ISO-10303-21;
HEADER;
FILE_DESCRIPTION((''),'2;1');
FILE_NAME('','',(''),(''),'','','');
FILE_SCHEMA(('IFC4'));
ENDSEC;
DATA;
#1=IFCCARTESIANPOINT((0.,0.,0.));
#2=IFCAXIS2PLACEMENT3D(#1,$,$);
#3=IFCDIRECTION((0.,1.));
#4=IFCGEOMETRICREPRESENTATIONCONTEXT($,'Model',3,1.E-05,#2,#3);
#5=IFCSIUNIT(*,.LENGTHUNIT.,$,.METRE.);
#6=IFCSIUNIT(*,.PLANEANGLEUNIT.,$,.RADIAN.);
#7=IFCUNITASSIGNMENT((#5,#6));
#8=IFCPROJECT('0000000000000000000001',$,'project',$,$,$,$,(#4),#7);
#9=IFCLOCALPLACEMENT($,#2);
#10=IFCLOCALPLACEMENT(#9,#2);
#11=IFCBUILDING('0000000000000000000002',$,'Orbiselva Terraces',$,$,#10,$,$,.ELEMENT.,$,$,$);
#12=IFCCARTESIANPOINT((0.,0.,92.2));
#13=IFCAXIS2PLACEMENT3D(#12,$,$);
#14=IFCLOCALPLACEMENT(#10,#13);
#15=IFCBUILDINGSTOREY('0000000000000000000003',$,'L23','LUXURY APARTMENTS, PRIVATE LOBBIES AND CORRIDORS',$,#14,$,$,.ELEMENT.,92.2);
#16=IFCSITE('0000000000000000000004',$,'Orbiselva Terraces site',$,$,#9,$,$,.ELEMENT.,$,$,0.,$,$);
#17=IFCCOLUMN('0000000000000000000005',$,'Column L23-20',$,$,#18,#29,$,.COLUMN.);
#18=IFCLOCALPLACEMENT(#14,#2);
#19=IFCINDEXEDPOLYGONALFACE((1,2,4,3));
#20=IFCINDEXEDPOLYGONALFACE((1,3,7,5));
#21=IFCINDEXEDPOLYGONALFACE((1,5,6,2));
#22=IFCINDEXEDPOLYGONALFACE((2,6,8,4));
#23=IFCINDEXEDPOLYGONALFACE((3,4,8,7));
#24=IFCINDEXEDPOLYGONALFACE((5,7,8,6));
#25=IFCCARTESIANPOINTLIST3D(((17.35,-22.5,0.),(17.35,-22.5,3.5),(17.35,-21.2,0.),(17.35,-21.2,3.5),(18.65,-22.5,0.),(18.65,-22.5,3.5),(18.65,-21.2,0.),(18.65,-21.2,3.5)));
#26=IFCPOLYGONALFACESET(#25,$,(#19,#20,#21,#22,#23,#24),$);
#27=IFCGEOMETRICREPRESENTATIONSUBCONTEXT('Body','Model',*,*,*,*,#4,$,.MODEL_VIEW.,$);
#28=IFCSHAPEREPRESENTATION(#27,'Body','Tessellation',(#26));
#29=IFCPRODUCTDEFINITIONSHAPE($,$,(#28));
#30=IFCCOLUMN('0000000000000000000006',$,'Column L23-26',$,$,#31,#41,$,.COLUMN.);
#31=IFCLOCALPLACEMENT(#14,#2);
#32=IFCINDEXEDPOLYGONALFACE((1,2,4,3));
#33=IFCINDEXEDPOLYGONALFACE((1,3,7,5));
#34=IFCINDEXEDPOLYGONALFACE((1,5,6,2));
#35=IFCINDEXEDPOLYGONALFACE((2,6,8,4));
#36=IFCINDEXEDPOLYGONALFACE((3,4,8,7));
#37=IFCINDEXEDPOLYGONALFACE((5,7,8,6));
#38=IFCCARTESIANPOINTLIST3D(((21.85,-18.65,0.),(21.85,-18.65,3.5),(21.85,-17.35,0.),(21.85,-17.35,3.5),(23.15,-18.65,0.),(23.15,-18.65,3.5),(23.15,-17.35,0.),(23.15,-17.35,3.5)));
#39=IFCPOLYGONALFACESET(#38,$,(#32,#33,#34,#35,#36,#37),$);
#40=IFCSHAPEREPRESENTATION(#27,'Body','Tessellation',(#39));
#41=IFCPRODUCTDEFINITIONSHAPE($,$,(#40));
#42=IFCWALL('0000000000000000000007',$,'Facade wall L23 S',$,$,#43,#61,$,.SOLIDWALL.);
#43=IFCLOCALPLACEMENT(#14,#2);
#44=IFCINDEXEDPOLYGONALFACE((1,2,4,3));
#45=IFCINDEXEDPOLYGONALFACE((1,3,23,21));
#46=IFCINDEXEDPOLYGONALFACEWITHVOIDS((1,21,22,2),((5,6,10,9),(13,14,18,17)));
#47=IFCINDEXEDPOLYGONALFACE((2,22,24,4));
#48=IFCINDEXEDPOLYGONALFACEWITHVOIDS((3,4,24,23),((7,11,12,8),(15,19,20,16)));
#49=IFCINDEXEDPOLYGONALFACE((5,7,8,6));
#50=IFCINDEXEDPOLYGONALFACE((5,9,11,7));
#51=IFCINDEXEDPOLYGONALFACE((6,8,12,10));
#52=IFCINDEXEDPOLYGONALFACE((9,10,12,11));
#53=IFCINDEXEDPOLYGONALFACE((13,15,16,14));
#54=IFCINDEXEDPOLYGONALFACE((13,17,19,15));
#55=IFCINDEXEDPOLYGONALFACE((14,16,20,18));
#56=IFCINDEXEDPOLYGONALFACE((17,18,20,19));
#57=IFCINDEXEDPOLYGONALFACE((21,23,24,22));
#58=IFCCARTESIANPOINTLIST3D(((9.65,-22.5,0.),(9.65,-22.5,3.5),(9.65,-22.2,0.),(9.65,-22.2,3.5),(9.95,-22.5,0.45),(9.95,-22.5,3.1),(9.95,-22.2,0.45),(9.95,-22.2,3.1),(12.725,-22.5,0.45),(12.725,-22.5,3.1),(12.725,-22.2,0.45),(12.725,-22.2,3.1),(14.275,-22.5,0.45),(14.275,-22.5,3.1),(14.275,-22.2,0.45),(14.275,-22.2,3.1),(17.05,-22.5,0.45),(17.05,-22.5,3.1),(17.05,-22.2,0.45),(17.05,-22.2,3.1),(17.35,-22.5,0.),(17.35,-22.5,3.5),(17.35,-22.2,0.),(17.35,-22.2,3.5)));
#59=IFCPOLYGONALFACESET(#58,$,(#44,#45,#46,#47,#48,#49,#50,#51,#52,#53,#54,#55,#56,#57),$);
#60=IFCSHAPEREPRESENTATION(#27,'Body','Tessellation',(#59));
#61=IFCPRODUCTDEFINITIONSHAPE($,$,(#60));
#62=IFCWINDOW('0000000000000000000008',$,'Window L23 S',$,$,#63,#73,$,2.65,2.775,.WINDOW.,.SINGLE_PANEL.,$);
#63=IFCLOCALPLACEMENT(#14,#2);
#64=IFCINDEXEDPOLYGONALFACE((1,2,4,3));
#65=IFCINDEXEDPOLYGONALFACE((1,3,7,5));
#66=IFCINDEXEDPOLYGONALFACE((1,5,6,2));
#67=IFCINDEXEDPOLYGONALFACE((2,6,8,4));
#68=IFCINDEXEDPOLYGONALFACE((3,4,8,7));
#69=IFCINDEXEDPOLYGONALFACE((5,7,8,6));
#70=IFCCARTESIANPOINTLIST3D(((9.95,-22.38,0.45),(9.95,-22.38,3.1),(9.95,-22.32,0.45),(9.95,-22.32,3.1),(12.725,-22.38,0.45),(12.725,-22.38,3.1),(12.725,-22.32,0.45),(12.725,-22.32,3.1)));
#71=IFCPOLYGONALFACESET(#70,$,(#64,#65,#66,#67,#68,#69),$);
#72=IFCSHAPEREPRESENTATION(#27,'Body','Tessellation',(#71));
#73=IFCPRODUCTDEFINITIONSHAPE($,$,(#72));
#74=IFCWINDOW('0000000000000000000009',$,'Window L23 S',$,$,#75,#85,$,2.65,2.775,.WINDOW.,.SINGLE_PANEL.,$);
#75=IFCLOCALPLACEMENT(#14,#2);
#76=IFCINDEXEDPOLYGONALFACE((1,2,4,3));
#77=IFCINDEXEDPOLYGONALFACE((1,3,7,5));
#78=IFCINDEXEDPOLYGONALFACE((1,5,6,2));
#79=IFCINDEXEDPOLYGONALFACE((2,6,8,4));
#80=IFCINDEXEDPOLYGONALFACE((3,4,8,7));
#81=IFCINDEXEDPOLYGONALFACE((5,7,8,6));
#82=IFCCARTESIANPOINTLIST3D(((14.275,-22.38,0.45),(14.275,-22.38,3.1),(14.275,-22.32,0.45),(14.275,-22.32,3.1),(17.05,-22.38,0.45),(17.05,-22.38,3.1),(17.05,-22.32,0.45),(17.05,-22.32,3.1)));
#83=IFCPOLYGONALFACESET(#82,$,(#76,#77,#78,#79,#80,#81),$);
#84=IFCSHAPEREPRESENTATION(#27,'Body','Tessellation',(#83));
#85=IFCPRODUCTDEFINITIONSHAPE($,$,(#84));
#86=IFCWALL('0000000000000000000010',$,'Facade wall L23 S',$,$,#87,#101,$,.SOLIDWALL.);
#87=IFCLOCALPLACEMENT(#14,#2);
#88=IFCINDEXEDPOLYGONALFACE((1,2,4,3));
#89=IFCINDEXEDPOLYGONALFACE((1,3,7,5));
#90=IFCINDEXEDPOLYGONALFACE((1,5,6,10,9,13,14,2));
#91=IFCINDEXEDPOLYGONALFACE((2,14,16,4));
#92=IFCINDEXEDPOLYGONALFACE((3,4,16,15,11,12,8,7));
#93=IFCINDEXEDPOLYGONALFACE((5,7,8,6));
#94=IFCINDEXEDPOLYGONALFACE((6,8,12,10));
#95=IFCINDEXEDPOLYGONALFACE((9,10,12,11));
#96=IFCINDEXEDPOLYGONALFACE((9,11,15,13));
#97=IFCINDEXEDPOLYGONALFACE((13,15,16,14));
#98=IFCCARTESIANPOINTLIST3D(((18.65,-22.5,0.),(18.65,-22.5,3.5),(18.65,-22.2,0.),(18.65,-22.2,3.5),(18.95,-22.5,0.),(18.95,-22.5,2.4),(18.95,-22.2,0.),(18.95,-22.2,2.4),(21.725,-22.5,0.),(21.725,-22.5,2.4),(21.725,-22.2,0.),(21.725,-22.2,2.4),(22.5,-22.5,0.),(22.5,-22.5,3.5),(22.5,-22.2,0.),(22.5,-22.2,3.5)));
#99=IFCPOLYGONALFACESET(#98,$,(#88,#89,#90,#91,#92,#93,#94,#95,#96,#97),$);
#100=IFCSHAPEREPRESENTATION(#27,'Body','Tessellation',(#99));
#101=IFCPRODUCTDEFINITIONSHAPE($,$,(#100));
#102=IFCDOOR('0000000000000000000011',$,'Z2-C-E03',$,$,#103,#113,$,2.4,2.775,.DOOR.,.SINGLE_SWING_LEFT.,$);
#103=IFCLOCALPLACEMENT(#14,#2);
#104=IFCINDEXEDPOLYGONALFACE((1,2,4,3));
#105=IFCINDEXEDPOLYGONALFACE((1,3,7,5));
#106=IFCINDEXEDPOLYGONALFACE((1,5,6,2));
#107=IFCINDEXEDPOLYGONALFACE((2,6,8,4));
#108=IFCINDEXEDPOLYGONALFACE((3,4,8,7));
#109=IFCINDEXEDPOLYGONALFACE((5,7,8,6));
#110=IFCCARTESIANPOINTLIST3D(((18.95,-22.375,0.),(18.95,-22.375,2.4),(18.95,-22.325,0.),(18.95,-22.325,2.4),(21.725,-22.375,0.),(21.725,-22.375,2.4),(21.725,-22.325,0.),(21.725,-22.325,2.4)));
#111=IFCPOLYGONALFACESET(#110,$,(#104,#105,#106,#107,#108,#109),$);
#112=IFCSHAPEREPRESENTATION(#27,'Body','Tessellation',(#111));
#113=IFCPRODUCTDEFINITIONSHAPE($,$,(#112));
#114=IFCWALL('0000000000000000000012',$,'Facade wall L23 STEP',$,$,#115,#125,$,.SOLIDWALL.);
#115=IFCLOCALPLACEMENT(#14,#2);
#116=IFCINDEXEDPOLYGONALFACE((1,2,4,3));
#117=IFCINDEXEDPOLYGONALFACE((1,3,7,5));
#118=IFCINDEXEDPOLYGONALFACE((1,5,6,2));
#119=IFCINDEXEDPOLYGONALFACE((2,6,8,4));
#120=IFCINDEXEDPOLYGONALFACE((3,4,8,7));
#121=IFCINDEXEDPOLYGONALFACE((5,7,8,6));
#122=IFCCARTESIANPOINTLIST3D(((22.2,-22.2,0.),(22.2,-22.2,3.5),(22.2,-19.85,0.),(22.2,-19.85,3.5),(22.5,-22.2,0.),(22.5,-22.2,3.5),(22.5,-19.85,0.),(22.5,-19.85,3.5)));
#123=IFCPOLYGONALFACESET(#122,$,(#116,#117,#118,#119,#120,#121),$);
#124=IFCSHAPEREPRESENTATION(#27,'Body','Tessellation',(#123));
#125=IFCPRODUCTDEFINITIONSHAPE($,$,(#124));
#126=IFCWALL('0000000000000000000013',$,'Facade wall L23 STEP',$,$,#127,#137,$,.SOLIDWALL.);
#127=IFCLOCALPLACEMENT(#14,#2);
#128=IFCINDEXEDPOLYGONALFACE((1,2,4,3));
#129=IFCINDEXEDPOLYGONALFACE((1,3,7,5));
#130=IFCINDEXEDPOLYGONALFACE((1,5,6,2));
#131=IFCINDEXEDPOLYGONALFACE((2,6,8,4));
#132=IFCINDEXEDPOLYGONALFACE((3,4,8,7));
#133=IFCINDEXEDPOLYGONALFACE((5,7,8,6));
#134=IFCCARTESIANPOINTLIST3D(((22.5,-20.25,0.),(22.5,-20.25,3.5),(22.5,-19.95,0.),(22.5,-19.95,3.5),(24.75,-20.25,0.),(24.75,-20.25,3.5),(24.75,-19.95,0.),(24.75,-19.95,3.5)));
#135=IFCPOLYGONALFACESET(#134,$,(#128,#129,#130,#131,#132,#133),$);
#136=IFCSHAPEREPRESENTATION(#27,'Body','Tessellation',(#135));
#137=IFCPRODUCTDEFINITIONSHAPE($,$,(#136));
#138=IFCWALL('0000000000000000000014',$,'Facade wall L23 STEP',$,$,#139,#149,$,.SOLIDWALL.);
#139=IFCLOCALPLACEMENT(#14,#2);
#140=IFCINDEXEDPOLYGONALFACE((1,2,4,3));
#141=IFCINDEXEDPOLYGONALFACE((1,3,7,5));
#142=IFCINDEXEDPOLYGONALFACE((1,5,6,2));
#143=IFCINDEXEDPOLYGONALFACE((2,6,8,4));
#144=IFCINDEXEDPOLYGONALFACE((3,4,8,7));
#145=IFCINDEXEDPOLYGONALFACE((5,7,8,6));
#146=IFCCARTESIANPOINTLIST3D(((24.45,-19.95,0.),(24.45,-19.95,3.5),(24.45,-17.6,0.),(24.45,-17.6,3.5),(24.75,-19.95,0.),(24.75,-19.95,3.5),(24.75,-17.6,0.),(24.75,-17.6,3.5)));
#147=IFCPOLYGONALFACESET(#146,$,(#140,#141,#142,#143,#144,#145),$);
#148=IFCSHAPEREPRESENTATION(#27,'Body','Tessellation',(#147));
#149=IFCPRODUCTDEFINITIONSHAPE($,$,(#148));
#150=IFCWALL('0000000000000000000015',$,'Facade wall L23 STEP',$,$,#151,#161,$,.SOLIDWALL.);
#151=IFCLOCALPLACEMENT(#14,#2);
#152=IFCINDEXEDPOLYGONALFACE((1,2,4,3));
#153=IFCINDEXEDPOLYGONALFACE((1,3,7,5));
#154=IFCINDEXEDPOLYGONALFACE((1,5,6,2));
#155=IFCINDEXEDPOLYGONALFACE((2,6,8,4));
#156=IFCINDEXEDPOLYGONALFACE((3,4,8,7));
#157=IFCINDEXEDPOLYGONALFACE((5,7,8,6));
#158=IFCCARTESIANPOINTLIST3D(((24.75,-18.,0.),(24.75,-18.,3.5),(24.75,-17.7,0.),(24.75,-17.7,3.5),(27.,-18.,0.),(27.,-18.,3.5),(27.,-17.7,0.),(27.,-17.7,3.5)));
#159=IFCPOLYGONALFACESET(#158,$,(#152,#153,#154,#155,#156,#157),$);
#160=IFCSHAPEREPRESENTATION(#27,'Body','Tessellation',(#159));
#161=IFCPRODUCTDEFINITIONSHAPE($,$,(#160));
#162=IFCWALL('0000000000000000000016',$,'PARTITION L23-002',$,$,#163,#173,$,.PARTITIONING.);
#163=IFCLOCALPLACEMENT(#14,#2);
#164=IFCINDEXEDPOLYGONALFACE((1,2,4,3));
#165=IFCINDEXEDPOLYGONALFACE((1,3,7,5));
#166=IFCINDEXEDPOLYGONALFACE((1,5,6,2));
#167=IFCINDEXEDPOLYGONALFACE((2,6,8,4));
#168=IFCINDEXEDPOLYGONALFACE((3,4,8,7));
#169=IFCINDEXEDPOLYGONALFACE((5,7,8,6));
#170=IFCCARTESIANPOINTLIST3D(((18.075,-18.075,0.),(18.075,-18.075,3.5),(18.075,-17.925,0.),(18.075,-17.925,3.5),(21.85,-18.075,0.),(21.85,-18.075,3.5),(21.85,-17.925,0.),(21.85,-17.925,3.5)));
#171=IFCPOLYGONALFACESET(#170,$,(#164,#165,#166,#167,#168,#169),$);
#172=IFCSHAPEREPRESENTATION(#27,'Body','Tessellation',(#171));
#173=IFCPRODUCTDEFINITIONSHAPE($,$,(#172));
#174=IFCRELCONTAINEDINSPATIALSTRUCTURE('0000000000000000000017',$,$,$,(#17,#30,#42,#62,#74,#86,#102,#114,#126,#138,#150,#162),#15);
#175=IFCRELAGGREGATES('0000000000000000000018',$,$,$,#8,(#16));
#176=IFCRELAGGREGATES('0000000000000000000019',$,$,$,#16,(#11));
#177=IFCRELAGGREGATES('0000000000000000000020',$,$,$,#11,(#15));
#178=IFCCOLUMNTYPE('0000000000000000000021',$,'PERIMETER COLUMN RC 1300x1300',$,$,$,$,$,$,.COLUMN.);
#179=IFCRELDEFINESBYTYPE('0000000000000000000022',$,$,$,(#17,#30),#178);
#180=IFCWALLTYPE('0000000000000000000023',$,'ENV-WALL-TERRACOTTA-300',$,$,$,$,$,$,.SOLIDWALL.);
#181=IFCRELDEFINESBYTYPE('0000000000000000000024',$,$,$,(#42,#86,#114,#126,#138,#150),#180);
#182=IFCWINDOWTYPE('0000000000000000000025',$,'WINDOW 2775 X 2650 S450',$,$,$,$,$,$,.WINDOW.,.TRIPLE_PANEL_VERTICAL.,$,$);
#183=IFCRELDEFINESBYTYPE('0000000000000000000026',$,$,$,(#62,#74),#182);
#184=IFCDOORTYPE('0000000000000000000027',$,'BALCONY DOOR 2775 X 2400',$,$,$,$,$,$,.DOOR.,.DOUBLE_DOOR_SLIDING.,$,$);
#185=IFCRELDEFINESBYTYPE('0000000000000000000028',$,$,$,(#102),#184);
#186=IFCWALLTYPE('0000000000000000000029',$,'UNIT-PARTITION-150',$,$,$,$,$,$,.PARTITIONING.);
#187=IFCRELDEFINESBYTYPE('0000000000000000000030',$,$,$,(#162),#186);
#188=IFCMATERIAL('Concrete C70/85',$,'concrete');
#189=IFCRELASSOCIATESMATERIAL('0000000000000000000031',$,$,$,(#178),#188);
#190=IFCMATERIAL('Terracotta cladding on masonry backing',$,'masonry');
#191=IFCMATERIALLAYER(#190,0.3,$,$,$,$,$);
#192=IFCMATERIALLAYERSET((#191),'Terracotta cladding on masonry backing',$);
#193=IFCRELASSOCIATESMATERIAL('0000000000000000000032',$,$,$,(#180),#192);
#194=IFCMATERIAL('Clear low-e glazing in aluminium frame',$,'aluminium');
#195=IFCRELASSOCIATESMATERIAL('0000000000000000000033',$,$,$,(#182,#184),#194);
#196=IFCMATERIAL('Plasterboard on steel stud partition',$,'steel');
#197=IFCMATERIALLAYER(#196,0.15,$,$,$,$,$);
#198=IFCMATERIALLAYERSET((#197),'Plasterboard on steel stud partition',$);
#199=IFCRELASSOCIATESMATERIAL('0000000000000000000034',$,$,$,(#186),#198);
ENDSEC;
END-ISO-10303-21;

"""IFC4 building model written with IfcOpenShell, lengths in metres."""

from ifc_helpers import new_model, si_unit, direction, frame, frame_2d, origin, origin_2d, place, context, subcontext, project, spatial, rectangle, extrude, material, layer, layer_set, material_profile, profile_set, type_object, element, fill, save


model = new_model("IFC4")

# Units and contexts
model_context = context("Model", 3, precision=1e-05, world=origin(), true_north=direction((0.0, 1.0)))
body_context = subcontext(model_context, "Body", "Model", "MODEL_VIEW")
ifc_project = project(units=[si_unit("LENGTHUNIT", "METRE"), si_unit("PLANEANGLEUNIT", "RADIAN")], contexts=[model_context])

# Site, building, storey
site_placement = place(None, origin())
site = spatial("IfcSite", under=ifc_project, at=site_placement, Name="Orbiselva Terraces site", CompositionType="ELEMENT", RefElevation=0.0)
building_placement = place(site_placement, origin())
building = spatial("IfcBuilding", under=site, at=building_placement, Name="Orbiselva Terraces", CompositionType="ELEMENT")
storey_placement = place(building_placement, frame((0.0, 0.0, 92.2)))
storey = spatial("IfcBuildingStorey", under=building, at=storey_placement, Name="L23", Description="LUXURY APARTMENTS, PRIVATE LOBBIES AND CORRIDORS", CompositionType="ELEMENT", Elevation=92.2)

# Columns
ifc_material_1 = material(Name="Concrete C70/85", Category="concrete")
ifc_material_profile = material_profile(ifc_material_1, rectangle(XDim=1.3, YDim=1.3, at=origin_2d()), Name="RC 1300x1300")
ifc_profile_set = profile_set([ifc_material_profile], Name="Concrete C70/85")
column_type = type_object("IfcColumnType", Name="PERIMETER COLUMN RC 1300x1300", PredefinedType="COLUMN", material=ifc_profile_set)
for number, where, z_axis, x_axis, name in (
    (1, (18.0, -21.85, 0.0), (0.0, 0.0, 1.0), (1.0, 0.0, 0.0), "Column L23-20"),
    (2, (22.5, -18.0, 0.0), (0.0, 0.0, 1.0), (1.0, 0.0, 0.0), "Column L23-26"),
):
    element("IfcColumn", number, at=place(storey_placement, frame(where, z_axis=z_axis, x_axis=x_axis)), inside=storey, type_object=column_type, Name=name, PredefinedType="COLUMN", context=body_context, shape_type="SweptSolid", body=[
        extrude(rectangle(XDim=1.3, YDim=1.3, at=origin_2d()), origin(), (0.0, 0.0, 1.0), 3.5),
    ])

# Wall, openings, windows
ifc_material_2 = material(Name="Terracotta cladding on masonry backing", Category="masonry")
ifc_layer_1 = layer(ifc_material_2, 0.3)
ifc_layer_set_1 = layer_set([ifc_layer_1], Name="Terracotta cladding on masonry backing")
wall_type_1 = type_object("IfcWallType", Name="ENV-WALL-TERRACOTTA-300", PredefinedType="SOLIDWALL", material=ifc_layer_set_1)
wall_1_placement = place(storey_placement, frame((17.35, -22.35, 0.0), z_axis=(0.0, 0.0, 1.0), x_axis=(-1.0, 0.0, 0.0)))
wall_1 = element("IfcWall", 3, at=wall_1_placement, inside=storey, type_object=wall_type_1, Name="Facade wall L23 S", PredefinedType="SOLIDWALL", context=body_context, shape_type="SweptSolid", body=[
    extrude(rectangle(XDim=7.7, YDim=0.3, at=frame_2d((3.85, 0.0))), origin(), (0.0, 0.0, 1.0), 3.5),
])
opening_1_placement = place(wall_1_placement, frame((4.625, 0.0, 0.45)))
opening_1 = element("IfcOpeningElement", 4, at=opening_1_placement, cuts=wall_1, PredefinedType="OPENING", context=body_context, shape_type="SweptSolid", body=[
    extrude(rectangle(XDim=2.775, YDim=2.65, at=frame_2d((1.3875, 1.325))), frame((0.0, 0.16, 0.0), z_axis=(0.0, -1.0, 0.0), x_axis=(1.0, 0.0, 0.0)), (0.0, 0.0, 1.0), 0.32),
])
opening_2_placement = place(wall_1_placement, frame((0.3, 0.0, 0.45)))
opening_2 = element("IfcOpeningElement", 5, at=opening_2_placement, cuts=wall_1, PredefinedType="OPENING", context=body_context, shape_type="SweptSolid", body=[
    extrude(rectangle(XDim=2.775, YDim=2.65, at=frame_2d((1.3875, 1.325))), frame((0.0, 0.16, 0.0), z_axis=(0.0, -1.0, 0.0), x_axis=(1.0, 0.0, 0.0)), (0.0, 0.0, 1.0), 0.32),
])
ifc_material_3 = material(Name="Clear low-e glazing in aluminium frame", Category="aluminium")
window_type = type_object("IfcWindowType", Name="WINDOW 2775 X 2650 S450", PartitioningType="TRIPLE_PANEL_VERTICAL", PredefinedType="WINDOW", material=ifc_material_3)
window_1_placement = place(opening_1_placement, origin())
window_1 = element("IfcWindow", 6, at=window_1_placement, inside=storey, type_object=window_type, Name="Window L23 S", OverallHeight=2.65, OverallWidth=2.775, PartitioningType="SINGLE_PANEL", PredefinedType="WINDOW", context=body_context, shape_type="SweptSolid", body=[
    extrude(rectangle(XDim=2.775, YDim=2.65, at=frame_2d((1.3875, 1.325))), frame((0.0, 0.03, 0.0), z_axis=(0.0, -1.0, 0.0), x_axis=(1.0, 0.0, 0.0)), (0.0, 0.0, 1.0), 0.06),
])
fill(opening_1, window_1)
window_2_placement = place(opening_2_placement, origin())
window_2 = element("IfcWindow", 7, at=window_2_placement, inside=storey, type_object=window_type, Name="Window L23 S", OverallHeight=2.65, OverallWidth=2.775, PartitioningType="SINGLE_PANEL", PredefinedType="WINDOW", context=body_context, shape_type="SweptSolid", body=[
    extrude(rectangle(XDim=2.775, YDim=2.65, at=frame_2d((1.3875, 1.325))), frame((0.0, 0.03, 0.0), z_axis=(0.0, -1.0, 0.0), x_axis=(1.0, 0.0, 0.0)), (0.0, 0.0, 1.0), 0.06),
])
fill(opening_2, window_2)

# Wall, opening, door
wall_2_placement = place(storey_placement, frame((22.5, -22.35, 0.0), z_axis=(0.0, 0.0, 1.0), x_axis=(-1.0, 0.0, 0.0)))
wall_2 = element("IfcWall", 8, at=wall_2_placement, inside=storey, type_object=wall_type_1, Name="Facade wall L23 S", PredefinedType="SOLIDWALL", context=body_context, shape_type="SweptSolid", body=[
    extrude(rectangle(XDim=3.85, YDim=0.3, at=frame_2d((1.925, 0.0))), origin(), (0.0, 0.0, 1.0), 3.5),
])
opening_3_placement = place(wall_2_placement, frame((0.775, 0.0, 0.0)))
opening_3 = element("IfcOpeningElement", 9, at=opening_3_placement, cuts=wall_2, PredefinedType="OPENING", context=body_context, shape_type="SweptSolid", body=[
    extrude(rectangle(XDim=2.775, YDim=2.4, at=frame_2d((1.3875, 1.2))), frame((0.0, 0.16, 0.0), z_axis=(0.0, -1.0, 0.0), x_axis=(1.0, 0.0, 0.0)), (0.0, 0.0, 1.0), 0.32),
])
door_type_1 = type_object("IfcDoorType", Name="BALCONY DOOR 2775 X 2400", OperationType="DOUBLE_DOOR_SLIDING", PredefinedType="DOOR", material=ifc_material_3)
door_1_placement = place(opening_3_placement, origin())
door_1 = element("IfcDoor", 10, at=door_1_placement, inside=storey, type_object=door_type_1, Name="Z2-C-E03", OperationType="SINGLE_SWING_LEFT", OverallHeight=2.4, OverallWidth=2.775, PredefinedType="DOOR", context=body_context, shape_type="SweptSolid", body=[
    extrude(rectangle(XDim=2.775, YDim=2.4, at=frame_2d((1.3875, 1.2))), frame((0.0, 0.025, 0.0), z_axis=(0.0, -1.0, 0.0), x_axis=(1.0, 0.0, 0.0)), (0.0, 0.0, 1.0), 0.05),
])
fill(opening_3, door_1)

# Walls
wall_3_placement = place(storey_placement, frame((22.35, -19.85, 0.0), z_axis=(0.0, 0.0, 1.0), x_axis=(0.0, -1.0, 0.0)))
element("IfcWall", 11, at=wall_3_placement, inside=storey, type_object=wall_type_1, Name="Facade wall L23 STEP", PredefinedType="SOLIDWALL", context=body_context, shape_type="SweptSolid", body=[
    extrude(rectangle(XDim=2.35, YDim=0.3, at=frame_2d((1.175, 0.0))), origin(), (0.0, 0.0, 1.0), 3.5),
])
wall_4_placement = place(storey_placement, frame((24.75, -20.1, 0.0), z_axis=(0.0, 0.0, 1.0), x_axis=(-1.0, 0.0, 0.0)))
element("IfcWall", 12, at=wall_4_placement, inside=storey, type_object=wall_type_1, Name="Facade wall L23 STEP", PredefinedType="SOLIDWALL", context=body_context, shape_type="SweptSolid", body=[
    extrude(rectangle(XDim=2.25, YDim=0.3, at=frame_2d((1.125, 0.0))), origin(), (0.0, 0.0, 1.0), 3.5),
])
wall_5_placement = place(storey_placement, frame((24.6, -17.6, 0.0), z_axis=(0.0, 0.0, 1.0), x_axis=(0.0, -1.0, 0.0)))
element("IfcWall", 13, at=wall_5_placement, inside=storey, type_object=wall_type_1, Name="Facade wall L23 STEP", PredefinedType="SOLIDWALL", context=body_context, shape_type="SweptSolid", body=[
    extrude(rectangle(XDim=2.35, YDim=0.3, at=frame_2d((1.175, 0.0))), origin(), (0.0, 0.0, 1.0), 3.5),
])
wall_6_placement = place(storey_placement, frame((27.0, -17.85, 0.0), z_axis=(0.0, 0.0, 1.0), x_axis=(-1.0, 0.0, 0.0)))
element("IfcWall", 14, at=wall_6_placement, inside=storey, type_object=wall_type_1, Name="Facade wall L23 STEP", PredefinedType="SOLIDWALL", context=body_context, shape_type="SweptSolid", body=[
    extrude(rectangle(XDim=2.25, YDim=0.3, at=frame_2d((1.125, 0.0))), origin(), (0.0, 0.0, 1.0), 3.5),
])
ifc_material_4 = material(Name="Plasterboard on steel stud partition", Category="steel")
ifc_layer_2 = layer(ifc_material_4, 0.15)
ifc_layer_set_2 = layer_set([ifc_layer_2], Name="Plasterboard on steel stud partition")
wall_type_2 = type_object("IfcWallType", Name="UNIT-PARTITION-150", PredefinedType="PARTITIONING", material=ifc_layer_set_2)
wall_7_placement = place(storey_placement, frame((18.075, -18.0, 0.0), z_axis=(0.0, 0.0, 1.0), x_axis=(1.0, 0.0, 0.0)))
element("IfcWall", 15, at=wall_7_placement, inside=storey, type_object=wall_type_2, Name="PARTITION L23-002", PredefinedType="PARTITIONING", context=body_context, shape_type="SweptSolid", body=[
    extrude(rectangle(XDim=3.775, YDim=0.15, at=frame_2d((1.8875, 0.0))), origin(), (0.0, 0.0, 1.0), 3.5),
])

save(model, "model.ifc")
